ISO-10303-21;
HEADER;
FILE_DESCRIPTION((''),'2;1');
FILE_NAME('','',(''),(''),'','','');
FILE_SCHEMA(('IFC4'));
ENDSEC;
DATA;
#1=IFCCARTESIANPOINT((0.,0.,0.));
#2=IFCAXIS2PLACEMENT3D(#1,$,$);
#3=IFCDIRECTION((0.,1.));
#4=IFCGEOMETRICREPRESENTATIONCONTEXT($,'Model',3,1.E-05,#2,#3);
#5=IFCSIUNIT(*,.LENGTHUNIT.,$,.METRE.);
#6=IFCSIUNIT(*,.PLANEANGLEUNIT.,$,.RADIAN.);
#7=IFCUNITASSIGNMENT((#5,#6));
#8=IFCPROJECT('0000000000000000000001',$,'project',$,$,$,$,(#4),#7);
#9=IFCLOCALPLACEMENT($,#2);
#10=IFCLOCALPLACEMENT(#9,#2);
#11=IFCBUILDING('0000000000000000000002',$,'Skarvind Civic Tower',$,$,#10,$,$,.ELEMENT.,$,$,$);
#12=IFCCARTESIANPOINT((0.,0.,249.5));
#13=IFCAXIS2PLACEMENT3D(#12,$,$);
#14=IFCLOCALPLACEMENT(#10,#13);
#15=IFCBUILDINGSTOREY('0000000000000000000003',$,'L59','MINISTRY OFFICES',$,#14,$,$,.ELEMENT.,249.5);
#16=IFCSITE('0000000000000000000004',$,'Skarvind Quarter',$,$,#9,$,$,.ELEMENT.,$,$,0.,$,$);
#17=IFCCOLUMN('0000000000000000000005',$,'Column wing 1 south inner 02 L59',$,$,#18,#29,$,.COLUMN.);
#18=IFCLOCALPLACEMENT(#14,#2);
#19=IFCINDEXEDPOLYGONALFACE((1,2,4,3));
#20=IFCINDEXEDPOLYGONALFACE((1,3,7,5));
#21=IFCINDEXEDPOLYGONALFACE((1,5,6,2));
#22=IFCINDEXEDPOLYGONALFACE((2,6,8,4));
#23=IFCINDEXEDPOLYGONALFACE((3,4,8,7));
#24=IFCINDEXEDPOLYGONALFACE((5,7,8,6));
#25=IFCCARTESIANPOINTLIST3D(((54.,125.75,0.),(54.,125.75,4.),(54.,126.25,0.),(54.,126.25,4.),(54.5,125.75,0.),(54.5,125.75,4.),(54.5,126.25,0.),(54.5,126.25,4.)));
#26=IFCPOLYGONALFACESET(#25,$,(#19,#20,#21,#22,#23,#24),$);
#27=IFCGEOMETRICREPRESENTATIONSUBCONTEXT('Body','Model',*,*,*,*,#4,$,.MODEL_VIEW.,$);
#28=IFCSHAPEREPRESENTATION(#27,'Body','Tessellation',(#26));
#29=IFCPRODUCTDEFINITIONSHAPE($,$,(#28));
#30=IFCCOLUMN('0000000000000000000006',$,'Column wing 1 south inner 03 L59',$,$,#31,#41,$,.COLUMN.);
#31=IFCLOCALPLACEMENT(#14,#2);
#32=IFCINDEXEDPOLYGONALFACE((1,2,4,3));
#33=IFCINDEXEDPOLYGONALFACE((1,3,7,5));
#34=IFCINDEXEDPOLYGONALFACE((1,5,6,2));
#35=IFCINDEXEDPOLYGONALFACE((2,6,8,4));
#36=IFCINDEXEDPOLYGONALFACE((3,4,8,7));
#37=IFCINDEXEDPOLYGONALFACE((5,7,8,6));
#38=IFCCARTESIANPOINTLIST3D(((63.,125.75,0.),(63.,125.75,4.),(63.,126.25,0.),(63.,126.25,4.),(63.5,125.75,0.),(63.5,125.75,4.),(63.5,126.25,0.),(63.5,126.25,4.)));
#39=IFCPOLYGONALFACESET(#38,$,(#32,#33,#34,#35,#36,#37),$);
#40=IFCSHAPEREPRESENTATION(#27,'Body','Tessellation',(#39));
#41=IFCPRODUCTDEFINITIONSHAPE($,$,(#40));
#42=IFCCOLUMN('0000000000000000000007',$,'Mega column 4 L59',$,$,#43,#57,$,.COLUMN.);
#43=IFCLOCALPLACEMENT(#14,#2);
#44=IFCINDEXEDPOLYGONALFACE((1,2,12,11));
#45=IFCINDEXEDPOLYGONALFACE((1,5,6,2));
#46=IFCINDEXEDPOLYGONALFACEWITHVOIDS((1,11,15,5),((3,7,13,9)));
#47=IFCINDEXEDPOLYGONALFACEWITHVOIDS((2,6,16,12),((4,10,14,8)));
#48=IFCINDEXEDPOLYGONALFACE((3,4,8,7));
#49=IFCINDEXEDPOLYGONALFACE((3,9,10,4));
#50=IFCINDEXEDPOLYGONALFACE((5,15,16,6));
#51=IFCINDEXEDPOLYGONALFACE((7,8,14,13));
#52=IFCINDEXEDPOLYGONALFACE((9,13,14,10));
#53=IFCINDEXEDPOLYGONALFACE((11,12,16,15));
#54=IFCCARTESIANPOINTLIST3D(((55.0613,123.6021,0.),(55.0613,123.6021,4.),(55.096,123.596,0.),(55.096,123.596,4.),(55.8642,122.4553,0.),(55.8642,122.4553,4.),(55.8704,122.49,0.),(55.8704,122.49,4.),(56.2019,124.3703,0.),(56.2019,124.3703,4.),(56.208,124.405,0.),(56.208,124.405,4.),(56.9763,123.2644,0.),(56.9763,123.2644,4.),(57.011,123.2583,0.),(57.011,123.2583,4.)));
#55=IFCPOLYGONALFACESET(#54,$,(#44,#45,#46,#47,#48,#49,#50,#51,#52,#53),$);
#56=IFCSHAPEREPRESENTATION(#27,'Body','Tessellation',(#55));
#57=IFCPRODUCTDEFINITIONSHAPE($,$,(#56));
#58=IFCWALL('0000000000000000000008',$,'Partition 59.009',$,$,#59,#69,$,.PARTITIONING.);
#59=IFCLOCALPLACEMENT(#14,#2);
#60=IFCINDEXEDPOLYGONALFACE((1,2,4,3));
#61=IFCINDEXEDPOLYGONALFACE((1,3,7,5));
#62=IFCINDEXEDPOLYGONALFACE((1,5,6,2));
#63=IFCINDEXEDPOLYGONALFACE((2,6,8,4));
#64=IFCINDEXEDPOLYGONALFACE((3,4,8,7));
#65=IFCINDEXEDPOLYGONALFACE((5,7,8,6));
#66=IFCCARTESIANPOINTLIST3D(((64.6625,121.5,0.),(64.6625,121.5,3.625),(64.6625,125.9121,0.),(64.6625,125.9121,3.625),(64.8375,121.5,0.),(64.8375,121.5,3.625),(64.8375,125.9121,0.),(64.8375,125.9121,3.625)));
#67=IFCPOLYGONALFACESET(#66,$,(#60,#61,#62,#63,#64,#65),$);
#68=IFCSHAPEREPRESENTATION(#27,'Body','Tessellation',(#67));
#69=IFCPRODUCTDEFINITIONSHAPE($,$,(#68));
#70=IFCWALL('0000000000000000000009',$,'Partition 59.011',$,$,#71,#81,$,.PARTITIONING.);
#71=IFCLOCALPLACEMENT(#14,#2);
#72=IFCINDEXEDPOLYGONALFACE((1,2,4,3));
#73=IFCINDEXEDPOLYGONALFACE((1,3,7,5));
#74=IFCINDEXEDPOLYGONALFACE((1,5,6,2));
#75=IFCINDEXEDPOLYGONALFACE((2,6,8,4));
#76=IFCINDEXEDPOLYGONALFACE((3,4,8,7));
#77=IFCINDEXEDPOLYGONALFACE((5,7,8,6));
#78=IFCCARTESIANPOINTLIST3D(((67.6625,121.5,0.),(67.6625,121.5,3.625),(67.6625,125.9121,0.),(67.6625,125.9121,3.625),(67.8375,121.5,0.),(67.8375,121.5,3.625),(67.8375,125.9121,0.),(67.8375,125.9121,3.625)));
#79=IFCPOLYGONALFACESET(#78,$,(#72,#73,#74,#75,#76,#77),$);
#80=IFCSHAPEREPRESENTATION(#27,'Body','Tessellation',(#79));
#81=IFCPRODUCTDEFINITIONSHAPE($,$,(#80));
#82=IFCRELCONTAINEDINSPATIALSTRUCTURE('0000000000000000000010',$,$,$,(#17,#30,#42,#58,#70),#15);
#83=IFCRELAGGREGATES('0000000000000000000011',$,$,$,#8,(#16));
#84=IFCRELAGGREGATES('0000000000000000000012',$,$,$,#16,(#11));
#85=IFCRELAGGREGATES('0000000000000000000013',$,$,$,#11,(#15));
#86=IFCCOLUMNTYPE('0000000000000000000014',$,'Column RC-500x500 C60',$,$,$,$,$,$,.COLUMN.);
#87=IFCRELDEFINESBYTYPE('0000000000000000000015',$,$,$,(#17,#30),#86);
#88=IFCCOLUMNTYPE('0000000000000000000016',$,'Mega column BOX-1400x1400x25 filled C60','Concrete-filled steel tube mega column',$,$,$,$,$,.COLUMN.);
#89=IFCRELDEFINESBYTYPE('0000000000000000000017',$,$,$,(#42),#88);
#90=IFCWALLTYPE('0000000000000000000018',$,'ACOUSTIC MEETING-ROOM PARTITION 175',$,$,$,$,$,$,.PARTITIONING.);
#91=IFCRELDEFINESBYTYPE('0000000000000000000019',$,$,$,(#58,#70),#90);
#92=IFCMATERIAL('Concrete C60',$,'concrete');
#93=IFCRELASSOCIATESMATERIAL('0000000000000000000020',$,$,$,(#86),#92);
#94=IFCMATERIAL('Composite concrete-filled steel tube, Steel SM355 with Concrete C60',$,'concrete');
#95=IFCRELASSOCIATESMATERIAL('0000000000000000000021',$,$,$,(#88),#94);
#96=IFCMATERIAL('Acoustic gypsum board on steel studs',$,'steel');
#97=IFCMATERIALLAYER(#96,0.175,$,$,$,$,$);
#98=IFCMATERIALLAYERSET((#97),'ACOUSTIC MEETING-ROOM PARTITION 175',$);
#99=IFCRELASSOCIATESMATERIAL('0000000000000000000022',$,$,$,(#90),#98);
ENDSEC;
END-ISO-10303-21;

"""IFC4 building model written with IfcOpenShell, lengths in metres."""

from ifc_helpers import new_model, si_unit, direction, frame, frame_2d, origin, origin_2d, place, context, subcontext, project, spatial, rectangle, hollow_rectangle, extrude, material, layer, layer_set, material_profile, profile_set, type_object, element, save


model = new_model("IFC4")

# Units and contexts
model_context = context("Model", 3, precision=1e-05, world=origin(), true_north=direction((0.0, 1.0)))
body_context = subcontext(model_context, "Body", "Model", "MODEL_VIEW")
ifc_project = project(units=[si_unit("LENGTHUNIT", "METRE"), si_unit("PLANEANGLEUNIT", "RADIAN")], contexts=[model_context])

# Site, building, storey
site_placement = place(None, origin())
site = spatial("IfcSite", under=ifc_project, at=site_placement, Name="Skarvind Quarter", CompositionType="ELEMENT", RefElevation=0.0)
building_placement = place(site_placement, origin())
building = spatial("IfcBuilding", under=site, at=building_placement, Name="Skarvind Civic Tower", CompositionType="ELEMENT")
storey_placement = place(building_placement, frame((0.0, 0.0, 249.5)))
storey = spatial("IfcBuildingStorey", under=building, at=storey_placement, Name="L59", Description="MINISTRY OFFICES", CompositionType="ELEMENT", Elevation=249.5)

# Columns
ifc_material_1 = material(Name="Concrete C60", Category="concrete")
ifc_material_profile_1 = material_profile(ifc_material_1, rectangle(XDim=0.5, YDim=0.5, at=origin_2d()), Name="RC-500x500")
ifc_profile_set_1 = profile_set([ifc_material_profile_1], Name="Concrete C60")
column_type_1 = type_object("IfcColumnType", Name="Column RC-500x500 C60", PredefinedType="COLUMN", material=ifc_profile_set_1)
for number, where, z_axis, x_axis, name in (
    (1, (54.25, 126.0, 0.0), (0.0, 0.0, 1.0), (1.0, 0.0, 0.0), "Column wing 1 south inner 02 L59"),
    (2, (63.25, 126.0, 0.0), (0.0, 0.0, 1.0), (1.0, 0.0, 0.0), "Column wing 1 south inner 03 L59"),
):
    element("IfcColumn", number, at=place(storey_placement, frame(where, z_axis=z_axis, x_axis=x_axis)), inside=storey, type_object=column_type_1, Name=name, PredefinedType="COLUMN", context=body_context, shape_type="SweptSolid", body=[
        extrude(rectangle(XDim=0.5, YDim=0.5, at=origin_2d()), origin(), (0.0, 0.0, 1.0), 4.0),
    ])
ifc_material_2 = material(Name="Composite concrete-filled steel tube, Steel SM355 with Concrete C60", Category="concrete")
ifc_material_profile_2 = material_profile(ifc_material_2, hollow_rectangle(XDim=1.3999, YDim=1.3999, WallThickness=0.0249, at=origin_2d()), Name="BOX-1400x1400x25")
ifc_profile_set_2 = profile_set([ifc_material_profile_2], Name="Composite concrete-filled steel tube, Steel SM355 with Concrete C60")
column_type_2 = type_object("IfcColumnType", Name="Mega column BOX-1400x1400x25 filled C60", Description="Concrete-filled steel tube mega column", PredefinedType="COLUMN", material=ifc_profile_set_2)
column_placement = place(storey_placement, frame((56.0361, 123.4302, 0.0), z_axis=(0.0, 0.0, 1.0), x_axis=(0.573576, -0.819152, 0.0)))
element("IfcColumn", 3, at=column_placement, inside=storey, type_object=column_type_2, Name="Mega column 4 L59", PredefinedType="COLUMN", context=body_context, shape_type="SweptSolid", body=[
    extrude(hollow_rectangle(XDim=1.3999, YDim=1.3999, WallThickness=0.0249, at=origin_2d()), origin(), (0.0, 0.0, 1.0), 4.0),
])

# Walls
ifc_material_3 = material(Name="Acoustic gypsum board on steel studs", Category="steel")
ifc_layer_1 = layer(ifc_material_3, 0.175)
ifc_layer_set_1 = layer_set([ifc_layer_1], Name="ACOUSTIC MEETING-ROOM PARTITION 175")
wall_type_1 = type_object("IfcWallType", Name="ACOUSTIC MEETING-ROOM PARTITION 175", PredefinedType="PARTITIONING", material=ifc_layer_set_1)
for number, where, z_axis, x_axis, name in (
    (4, (64.75, 125.9121, 0.0), (0.0, 0.0, 1.0), (0.0, -1.0, 0.0), "Partition 59.009"),
    (5, (67.75, 121.5, 0.0), (0.0, 0.0, 1.0), (0.0, 1.0, 0.0), "Partition 59.011"),
):
    element("IfcWall", number, at=place(storey_placement, frame(where, z_axis=z_axis, x_axis=x_axis)), inside=storey, type_object=wall_type_1, Name=name, PredefinedType="PARTITIONING", context=body_context, shape_type="SweptSolid", body=[
        extrude(rectangle(XDim=4.4121, YDim=0.175, at=frame_2d((2.2061, 0.0))), origin(), (0.0, 0.0, 1.0), 3.625),
    ])

save(model, "model.ifc")
